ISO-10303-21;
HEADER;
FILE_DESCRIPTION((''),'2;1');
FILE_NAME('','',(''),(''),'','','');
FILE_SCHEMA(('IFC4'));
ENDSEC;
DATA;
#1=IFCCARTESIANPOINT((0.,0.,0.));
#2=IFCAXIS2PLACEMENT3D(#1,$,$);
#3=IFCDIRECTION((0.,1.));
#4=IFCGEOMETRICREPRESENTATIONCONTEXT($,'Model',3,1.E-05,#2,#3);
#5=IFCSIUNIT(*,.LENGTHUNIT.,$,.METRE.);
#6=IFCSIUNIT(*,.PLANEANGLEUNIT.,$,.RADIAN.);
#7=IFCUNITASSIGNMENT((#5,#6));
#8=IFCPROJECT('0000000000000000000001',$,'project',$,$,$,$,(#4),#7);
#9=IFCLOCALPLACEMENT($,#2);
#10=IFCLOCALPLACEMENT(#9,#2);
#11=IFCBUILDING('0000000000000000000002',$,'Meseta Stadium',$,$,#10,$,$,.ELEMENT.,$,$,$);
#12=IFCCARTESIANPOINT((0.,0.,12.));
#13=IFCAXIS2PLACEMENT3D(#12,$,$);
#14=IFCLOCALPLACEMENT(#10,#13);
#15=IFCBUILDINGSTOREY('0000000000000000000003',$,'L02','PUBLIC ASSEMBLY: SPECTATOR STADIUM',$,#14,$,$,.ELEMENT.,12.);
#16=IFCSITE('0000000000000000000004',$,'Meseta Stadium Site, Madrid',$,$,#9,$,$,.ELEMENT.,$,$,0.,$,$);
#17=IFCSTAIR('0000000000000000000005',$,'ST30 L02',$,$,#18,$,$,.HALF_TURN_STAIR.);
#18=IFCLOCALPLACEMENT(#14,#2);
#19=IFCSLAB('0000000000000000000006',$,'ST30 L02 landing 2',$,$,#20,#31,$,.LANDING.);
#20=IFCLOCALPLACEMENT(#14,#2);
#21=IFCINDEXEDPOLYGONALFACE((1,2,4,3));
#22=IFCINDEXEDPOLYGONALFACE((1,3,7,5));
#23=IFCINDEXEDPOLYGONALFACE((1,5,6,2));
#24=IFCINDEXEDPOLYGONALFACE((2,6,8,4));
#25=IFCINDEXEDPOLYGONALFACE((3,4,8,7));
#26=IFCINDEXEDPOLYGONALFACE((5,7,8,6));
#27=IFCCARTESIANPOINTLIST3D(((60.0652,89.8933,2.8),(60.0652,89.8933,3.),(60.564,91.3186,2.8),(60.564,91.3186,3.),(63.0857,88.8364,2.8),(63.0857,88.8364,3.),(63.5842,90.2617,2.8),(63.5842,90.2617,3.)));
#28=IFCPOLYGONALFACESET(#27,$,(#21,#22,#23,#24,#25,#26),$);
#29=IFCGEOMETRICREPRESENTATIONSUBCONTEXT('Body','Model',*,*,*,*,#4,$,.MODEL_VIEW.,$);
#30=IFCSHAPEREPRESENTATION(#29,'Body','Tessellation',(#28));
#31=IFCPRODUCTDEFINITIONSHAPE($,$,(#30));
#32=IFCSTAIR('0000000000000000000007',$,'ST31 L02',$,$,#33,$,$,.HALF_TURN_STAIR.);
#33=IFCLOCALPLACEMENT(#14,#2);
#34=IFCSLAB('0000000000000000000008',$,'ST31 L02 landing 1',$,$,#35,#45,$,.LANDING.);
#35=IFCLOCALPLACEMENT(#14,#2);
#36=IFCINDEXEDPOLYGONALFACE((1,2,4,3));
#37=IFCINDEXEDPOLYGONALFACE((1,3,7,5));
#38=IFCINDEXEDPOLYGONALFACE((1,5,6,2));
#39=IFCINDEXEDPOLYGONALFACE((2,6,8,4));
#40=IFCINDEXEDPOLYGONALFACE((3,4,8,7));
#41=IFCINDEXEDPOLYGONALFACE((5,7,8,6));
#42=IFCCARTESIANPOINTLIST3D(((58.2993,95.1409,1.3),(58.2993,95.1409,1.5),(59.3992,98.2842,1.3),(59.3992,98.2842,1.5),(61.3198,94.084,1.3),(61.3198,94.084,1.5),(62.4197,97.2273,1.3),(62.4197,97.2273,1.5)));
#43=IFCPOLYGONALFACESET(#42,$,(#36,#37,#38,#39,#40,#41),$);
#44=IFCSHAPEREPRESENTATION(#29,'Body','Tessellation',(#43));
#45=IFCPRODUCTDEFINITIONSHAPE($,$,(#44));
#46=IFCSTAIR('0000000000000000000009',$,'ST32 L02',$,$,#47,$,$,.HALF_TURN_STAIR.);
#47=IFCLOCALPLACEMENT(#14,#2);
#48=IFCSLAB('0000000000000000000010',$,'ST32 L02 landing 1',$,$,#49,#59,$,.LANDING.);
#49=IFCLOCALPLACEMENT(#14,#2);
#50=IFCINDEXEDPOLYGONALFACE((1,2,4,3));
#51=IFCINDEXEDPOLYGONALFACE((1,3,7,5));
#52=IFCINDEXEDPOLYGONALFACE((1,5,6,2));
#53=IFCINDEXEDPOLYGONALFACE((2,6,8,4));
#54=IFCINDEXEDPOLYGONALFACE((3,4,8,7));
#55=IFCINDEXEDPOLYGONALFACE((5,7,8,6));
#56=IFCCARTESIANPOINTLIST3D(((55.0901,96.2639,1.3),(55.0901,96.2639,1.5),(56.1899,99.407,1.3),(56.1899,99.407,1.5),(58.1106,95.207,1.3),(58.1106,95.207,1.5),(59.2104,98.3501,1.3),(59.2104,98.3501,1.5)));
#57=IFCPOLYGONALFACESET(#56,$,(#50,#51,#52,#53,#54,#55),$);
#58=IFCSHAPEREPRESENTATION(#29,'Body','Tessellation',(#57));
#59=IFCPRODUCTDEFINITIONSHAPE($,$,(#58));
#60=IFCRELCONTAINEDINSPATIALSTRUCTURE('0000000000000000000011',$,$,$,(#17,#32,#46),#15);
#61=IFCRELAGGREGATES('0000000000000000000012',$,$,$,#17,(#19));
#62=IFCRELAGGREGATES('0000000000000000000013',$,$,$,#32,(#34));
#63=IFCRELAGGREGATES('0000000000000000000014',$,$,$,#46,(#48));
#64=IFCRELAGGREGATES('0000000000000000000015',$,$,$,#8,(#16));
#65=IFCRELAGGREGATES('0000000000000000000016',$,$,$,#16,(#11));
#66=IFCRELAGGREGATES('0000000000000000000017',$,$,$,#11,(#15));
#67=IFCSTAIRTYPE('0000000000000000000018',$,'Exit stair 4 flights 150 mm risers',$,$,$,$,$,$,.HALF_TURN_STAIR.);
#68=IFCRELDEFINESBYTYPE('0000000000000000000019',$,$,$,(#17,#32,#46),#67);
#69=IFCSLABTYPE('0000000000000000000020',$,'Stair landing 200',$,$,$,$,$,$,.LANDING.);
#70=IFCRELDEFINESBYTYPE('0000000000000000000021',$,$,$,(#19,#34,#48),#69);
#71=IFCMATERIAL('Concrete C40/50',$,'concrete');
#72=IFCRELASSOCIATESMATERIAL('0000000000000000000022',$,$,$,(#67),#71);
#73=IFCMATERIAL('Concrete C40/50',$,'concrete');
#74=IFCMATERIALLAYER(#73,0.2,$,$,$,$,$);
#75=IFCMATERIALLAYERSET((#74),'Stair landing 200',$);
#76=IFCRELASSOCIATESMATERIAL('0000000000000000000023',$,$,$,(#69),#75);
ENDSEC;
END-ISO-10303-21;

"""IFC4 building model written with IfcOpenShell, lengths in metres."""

from ifc_helpers import new_model, si_unit, direction, frame, origin, place, context, subcontext, project, spatial, polyline, outline, extrude, material, layer, layer_set, type_object, element, aggregate, save


model = new_model("IFC4")

# Units and contexts
model_context = context("Model", 3, precision=1e-05, world=origin(), true_north=direction((0.0, 1.0)))
body_context = subcontext(model_context, "Body", "Model", "MODEL_VIEW")
ifc_project = project(units=[si_unit("LENGTHUNIT", "METRE"), si_unit("PLANEANGLEUNIT", "RADIAN")], contexts=[model_context])

# Site, building, storey
site_placement = place(None, origin())
site = spatial("IfcSite", under=ifc_project, at=site_placement, Name="Meseta Stadium Site, Madrid", CompositionType="ELEMENT", RefElevation=0.0)
building_placement = place(site_placement, origin())
building = spatial("IfcBuilding", under=site, at=building_placement, Name="Meseta Stadium", CompositionType="ELEMENT")
storey_placement = place(building_placement, frame((0.0, 0.0, 12.0)))
storey = spatial("IfcBuildingStorey", under=building, at=storey_placement, Name="L02", Description="PUBLIC ASSEMBLY: SPECTATOR STADIUM", CompositionType="ELEMENT", Elevation=12.0)

# Shared definitions
ifc_material_1 = material(Name="Concrete C40/50", Category="concrete")
stair_type = type_object("IfcStairType", Name="Exit stair 4 flights 150 mm risers", PredefinedType="HALF_TURN_STAIR", material=ifc_material_1)
ifc_material_2 = material(Name="Concrete C40/50", Category="concrete")
ifc_layer = layer(ifc_material_2, 0.2)
ifc_layer_set = layer_set([ifc_layer], Name="Stair landing 200")
slab_type = type_object("IfcSlabType", Name="Stair landing 200", PredefinedType="LANDING", material=ifc_layer_set)

# Stair, slab
stair_1_placement = place(storey_placement, origin())
stair_1 = element("IfcStair", 1, at=stair_1_placement, inside=storey, type_object=stair_type, Name="ST30 L02", PredefinedType="HALF_TURN_STAIR")
slab_1_placement = place(storey_placement, frame((0.0, 0.0, 2.8)))
slab_1 = element("IfcSlab", 2, at=slab_1_placement, type_object=slab_type, Name="ST30 L02 landing 2", PredefinedType="LANDING", context=body_context, shape_type="SweptSolid", body=[
    extrude(outline(polyline([(63.0857, 88.8364), (63.5842, 90.2617), (60.564, 91.3186), (60.0652, 89.8933), (63.0857, 88.8364)])), origin(), (0.0, 0.0, 1.0), 0.2),
])
aggregate(stair_1, [slab_1])

# Stairs, slabs
stair_2_placement = place(storey_placement, origin())
stair_2 = element("IfcStair", 3, at=stair_2_placement, inside=storey, type_object=stair_type, Name="ST31 L02", PredefinedType="HALF_TURN_STAIR")
slab_2_placement = place(storey_placement, frame((0.0, 0.0, 1.3)))
slab_2 = element("IfcSlab", 4, at=slab_2_placement, type_object=slab_type, Name="ST31 L02 landing 1", PredefinedType="LANDING", context=body_context, shape_type="SweptSolid", body=[
    extrude(outline(polyline([(61.3198, 94.084), (62.4197, 97.2273), (59.3992, 98.2842), (58.2993, 95.1409), (61.3198, 94.084)])), origin(), (0.0, 0.0, 1.0), 0.2),
])
aggregate(stair_2, [slab_2])
stair_3_placement = place(storey_placement, origin())
stair_3 = element("IfcStair", 5, at=stair_3_placement, inside=storey, type_object=stair_type, Name="ST32 L02", PredefinedType="HALF_TURN_STAIR")
slab_3_placement = place(storey_placement, frame((0.0, 0.0, 1.3)))
slab_3 = element("IfcSlab", 6, at=slab_3_placement, type_object=slab_type, Name="ST32 L02 landing 1", PredefinedType="LANDING", context=body_context, shape_type="SweptSolid", body=[
    extrude(outline(polyline([(58.1106, 95.207), (59.2104, 98.3501), (56.1899, 99.407), (55.0901, 96.2639), (58.1106, 95.207)])), origin(), (0.0, 0.0, 1.0), 0.2),
])
aggregate(stair_3, [slab_3])

save(model, "model.ifc")
